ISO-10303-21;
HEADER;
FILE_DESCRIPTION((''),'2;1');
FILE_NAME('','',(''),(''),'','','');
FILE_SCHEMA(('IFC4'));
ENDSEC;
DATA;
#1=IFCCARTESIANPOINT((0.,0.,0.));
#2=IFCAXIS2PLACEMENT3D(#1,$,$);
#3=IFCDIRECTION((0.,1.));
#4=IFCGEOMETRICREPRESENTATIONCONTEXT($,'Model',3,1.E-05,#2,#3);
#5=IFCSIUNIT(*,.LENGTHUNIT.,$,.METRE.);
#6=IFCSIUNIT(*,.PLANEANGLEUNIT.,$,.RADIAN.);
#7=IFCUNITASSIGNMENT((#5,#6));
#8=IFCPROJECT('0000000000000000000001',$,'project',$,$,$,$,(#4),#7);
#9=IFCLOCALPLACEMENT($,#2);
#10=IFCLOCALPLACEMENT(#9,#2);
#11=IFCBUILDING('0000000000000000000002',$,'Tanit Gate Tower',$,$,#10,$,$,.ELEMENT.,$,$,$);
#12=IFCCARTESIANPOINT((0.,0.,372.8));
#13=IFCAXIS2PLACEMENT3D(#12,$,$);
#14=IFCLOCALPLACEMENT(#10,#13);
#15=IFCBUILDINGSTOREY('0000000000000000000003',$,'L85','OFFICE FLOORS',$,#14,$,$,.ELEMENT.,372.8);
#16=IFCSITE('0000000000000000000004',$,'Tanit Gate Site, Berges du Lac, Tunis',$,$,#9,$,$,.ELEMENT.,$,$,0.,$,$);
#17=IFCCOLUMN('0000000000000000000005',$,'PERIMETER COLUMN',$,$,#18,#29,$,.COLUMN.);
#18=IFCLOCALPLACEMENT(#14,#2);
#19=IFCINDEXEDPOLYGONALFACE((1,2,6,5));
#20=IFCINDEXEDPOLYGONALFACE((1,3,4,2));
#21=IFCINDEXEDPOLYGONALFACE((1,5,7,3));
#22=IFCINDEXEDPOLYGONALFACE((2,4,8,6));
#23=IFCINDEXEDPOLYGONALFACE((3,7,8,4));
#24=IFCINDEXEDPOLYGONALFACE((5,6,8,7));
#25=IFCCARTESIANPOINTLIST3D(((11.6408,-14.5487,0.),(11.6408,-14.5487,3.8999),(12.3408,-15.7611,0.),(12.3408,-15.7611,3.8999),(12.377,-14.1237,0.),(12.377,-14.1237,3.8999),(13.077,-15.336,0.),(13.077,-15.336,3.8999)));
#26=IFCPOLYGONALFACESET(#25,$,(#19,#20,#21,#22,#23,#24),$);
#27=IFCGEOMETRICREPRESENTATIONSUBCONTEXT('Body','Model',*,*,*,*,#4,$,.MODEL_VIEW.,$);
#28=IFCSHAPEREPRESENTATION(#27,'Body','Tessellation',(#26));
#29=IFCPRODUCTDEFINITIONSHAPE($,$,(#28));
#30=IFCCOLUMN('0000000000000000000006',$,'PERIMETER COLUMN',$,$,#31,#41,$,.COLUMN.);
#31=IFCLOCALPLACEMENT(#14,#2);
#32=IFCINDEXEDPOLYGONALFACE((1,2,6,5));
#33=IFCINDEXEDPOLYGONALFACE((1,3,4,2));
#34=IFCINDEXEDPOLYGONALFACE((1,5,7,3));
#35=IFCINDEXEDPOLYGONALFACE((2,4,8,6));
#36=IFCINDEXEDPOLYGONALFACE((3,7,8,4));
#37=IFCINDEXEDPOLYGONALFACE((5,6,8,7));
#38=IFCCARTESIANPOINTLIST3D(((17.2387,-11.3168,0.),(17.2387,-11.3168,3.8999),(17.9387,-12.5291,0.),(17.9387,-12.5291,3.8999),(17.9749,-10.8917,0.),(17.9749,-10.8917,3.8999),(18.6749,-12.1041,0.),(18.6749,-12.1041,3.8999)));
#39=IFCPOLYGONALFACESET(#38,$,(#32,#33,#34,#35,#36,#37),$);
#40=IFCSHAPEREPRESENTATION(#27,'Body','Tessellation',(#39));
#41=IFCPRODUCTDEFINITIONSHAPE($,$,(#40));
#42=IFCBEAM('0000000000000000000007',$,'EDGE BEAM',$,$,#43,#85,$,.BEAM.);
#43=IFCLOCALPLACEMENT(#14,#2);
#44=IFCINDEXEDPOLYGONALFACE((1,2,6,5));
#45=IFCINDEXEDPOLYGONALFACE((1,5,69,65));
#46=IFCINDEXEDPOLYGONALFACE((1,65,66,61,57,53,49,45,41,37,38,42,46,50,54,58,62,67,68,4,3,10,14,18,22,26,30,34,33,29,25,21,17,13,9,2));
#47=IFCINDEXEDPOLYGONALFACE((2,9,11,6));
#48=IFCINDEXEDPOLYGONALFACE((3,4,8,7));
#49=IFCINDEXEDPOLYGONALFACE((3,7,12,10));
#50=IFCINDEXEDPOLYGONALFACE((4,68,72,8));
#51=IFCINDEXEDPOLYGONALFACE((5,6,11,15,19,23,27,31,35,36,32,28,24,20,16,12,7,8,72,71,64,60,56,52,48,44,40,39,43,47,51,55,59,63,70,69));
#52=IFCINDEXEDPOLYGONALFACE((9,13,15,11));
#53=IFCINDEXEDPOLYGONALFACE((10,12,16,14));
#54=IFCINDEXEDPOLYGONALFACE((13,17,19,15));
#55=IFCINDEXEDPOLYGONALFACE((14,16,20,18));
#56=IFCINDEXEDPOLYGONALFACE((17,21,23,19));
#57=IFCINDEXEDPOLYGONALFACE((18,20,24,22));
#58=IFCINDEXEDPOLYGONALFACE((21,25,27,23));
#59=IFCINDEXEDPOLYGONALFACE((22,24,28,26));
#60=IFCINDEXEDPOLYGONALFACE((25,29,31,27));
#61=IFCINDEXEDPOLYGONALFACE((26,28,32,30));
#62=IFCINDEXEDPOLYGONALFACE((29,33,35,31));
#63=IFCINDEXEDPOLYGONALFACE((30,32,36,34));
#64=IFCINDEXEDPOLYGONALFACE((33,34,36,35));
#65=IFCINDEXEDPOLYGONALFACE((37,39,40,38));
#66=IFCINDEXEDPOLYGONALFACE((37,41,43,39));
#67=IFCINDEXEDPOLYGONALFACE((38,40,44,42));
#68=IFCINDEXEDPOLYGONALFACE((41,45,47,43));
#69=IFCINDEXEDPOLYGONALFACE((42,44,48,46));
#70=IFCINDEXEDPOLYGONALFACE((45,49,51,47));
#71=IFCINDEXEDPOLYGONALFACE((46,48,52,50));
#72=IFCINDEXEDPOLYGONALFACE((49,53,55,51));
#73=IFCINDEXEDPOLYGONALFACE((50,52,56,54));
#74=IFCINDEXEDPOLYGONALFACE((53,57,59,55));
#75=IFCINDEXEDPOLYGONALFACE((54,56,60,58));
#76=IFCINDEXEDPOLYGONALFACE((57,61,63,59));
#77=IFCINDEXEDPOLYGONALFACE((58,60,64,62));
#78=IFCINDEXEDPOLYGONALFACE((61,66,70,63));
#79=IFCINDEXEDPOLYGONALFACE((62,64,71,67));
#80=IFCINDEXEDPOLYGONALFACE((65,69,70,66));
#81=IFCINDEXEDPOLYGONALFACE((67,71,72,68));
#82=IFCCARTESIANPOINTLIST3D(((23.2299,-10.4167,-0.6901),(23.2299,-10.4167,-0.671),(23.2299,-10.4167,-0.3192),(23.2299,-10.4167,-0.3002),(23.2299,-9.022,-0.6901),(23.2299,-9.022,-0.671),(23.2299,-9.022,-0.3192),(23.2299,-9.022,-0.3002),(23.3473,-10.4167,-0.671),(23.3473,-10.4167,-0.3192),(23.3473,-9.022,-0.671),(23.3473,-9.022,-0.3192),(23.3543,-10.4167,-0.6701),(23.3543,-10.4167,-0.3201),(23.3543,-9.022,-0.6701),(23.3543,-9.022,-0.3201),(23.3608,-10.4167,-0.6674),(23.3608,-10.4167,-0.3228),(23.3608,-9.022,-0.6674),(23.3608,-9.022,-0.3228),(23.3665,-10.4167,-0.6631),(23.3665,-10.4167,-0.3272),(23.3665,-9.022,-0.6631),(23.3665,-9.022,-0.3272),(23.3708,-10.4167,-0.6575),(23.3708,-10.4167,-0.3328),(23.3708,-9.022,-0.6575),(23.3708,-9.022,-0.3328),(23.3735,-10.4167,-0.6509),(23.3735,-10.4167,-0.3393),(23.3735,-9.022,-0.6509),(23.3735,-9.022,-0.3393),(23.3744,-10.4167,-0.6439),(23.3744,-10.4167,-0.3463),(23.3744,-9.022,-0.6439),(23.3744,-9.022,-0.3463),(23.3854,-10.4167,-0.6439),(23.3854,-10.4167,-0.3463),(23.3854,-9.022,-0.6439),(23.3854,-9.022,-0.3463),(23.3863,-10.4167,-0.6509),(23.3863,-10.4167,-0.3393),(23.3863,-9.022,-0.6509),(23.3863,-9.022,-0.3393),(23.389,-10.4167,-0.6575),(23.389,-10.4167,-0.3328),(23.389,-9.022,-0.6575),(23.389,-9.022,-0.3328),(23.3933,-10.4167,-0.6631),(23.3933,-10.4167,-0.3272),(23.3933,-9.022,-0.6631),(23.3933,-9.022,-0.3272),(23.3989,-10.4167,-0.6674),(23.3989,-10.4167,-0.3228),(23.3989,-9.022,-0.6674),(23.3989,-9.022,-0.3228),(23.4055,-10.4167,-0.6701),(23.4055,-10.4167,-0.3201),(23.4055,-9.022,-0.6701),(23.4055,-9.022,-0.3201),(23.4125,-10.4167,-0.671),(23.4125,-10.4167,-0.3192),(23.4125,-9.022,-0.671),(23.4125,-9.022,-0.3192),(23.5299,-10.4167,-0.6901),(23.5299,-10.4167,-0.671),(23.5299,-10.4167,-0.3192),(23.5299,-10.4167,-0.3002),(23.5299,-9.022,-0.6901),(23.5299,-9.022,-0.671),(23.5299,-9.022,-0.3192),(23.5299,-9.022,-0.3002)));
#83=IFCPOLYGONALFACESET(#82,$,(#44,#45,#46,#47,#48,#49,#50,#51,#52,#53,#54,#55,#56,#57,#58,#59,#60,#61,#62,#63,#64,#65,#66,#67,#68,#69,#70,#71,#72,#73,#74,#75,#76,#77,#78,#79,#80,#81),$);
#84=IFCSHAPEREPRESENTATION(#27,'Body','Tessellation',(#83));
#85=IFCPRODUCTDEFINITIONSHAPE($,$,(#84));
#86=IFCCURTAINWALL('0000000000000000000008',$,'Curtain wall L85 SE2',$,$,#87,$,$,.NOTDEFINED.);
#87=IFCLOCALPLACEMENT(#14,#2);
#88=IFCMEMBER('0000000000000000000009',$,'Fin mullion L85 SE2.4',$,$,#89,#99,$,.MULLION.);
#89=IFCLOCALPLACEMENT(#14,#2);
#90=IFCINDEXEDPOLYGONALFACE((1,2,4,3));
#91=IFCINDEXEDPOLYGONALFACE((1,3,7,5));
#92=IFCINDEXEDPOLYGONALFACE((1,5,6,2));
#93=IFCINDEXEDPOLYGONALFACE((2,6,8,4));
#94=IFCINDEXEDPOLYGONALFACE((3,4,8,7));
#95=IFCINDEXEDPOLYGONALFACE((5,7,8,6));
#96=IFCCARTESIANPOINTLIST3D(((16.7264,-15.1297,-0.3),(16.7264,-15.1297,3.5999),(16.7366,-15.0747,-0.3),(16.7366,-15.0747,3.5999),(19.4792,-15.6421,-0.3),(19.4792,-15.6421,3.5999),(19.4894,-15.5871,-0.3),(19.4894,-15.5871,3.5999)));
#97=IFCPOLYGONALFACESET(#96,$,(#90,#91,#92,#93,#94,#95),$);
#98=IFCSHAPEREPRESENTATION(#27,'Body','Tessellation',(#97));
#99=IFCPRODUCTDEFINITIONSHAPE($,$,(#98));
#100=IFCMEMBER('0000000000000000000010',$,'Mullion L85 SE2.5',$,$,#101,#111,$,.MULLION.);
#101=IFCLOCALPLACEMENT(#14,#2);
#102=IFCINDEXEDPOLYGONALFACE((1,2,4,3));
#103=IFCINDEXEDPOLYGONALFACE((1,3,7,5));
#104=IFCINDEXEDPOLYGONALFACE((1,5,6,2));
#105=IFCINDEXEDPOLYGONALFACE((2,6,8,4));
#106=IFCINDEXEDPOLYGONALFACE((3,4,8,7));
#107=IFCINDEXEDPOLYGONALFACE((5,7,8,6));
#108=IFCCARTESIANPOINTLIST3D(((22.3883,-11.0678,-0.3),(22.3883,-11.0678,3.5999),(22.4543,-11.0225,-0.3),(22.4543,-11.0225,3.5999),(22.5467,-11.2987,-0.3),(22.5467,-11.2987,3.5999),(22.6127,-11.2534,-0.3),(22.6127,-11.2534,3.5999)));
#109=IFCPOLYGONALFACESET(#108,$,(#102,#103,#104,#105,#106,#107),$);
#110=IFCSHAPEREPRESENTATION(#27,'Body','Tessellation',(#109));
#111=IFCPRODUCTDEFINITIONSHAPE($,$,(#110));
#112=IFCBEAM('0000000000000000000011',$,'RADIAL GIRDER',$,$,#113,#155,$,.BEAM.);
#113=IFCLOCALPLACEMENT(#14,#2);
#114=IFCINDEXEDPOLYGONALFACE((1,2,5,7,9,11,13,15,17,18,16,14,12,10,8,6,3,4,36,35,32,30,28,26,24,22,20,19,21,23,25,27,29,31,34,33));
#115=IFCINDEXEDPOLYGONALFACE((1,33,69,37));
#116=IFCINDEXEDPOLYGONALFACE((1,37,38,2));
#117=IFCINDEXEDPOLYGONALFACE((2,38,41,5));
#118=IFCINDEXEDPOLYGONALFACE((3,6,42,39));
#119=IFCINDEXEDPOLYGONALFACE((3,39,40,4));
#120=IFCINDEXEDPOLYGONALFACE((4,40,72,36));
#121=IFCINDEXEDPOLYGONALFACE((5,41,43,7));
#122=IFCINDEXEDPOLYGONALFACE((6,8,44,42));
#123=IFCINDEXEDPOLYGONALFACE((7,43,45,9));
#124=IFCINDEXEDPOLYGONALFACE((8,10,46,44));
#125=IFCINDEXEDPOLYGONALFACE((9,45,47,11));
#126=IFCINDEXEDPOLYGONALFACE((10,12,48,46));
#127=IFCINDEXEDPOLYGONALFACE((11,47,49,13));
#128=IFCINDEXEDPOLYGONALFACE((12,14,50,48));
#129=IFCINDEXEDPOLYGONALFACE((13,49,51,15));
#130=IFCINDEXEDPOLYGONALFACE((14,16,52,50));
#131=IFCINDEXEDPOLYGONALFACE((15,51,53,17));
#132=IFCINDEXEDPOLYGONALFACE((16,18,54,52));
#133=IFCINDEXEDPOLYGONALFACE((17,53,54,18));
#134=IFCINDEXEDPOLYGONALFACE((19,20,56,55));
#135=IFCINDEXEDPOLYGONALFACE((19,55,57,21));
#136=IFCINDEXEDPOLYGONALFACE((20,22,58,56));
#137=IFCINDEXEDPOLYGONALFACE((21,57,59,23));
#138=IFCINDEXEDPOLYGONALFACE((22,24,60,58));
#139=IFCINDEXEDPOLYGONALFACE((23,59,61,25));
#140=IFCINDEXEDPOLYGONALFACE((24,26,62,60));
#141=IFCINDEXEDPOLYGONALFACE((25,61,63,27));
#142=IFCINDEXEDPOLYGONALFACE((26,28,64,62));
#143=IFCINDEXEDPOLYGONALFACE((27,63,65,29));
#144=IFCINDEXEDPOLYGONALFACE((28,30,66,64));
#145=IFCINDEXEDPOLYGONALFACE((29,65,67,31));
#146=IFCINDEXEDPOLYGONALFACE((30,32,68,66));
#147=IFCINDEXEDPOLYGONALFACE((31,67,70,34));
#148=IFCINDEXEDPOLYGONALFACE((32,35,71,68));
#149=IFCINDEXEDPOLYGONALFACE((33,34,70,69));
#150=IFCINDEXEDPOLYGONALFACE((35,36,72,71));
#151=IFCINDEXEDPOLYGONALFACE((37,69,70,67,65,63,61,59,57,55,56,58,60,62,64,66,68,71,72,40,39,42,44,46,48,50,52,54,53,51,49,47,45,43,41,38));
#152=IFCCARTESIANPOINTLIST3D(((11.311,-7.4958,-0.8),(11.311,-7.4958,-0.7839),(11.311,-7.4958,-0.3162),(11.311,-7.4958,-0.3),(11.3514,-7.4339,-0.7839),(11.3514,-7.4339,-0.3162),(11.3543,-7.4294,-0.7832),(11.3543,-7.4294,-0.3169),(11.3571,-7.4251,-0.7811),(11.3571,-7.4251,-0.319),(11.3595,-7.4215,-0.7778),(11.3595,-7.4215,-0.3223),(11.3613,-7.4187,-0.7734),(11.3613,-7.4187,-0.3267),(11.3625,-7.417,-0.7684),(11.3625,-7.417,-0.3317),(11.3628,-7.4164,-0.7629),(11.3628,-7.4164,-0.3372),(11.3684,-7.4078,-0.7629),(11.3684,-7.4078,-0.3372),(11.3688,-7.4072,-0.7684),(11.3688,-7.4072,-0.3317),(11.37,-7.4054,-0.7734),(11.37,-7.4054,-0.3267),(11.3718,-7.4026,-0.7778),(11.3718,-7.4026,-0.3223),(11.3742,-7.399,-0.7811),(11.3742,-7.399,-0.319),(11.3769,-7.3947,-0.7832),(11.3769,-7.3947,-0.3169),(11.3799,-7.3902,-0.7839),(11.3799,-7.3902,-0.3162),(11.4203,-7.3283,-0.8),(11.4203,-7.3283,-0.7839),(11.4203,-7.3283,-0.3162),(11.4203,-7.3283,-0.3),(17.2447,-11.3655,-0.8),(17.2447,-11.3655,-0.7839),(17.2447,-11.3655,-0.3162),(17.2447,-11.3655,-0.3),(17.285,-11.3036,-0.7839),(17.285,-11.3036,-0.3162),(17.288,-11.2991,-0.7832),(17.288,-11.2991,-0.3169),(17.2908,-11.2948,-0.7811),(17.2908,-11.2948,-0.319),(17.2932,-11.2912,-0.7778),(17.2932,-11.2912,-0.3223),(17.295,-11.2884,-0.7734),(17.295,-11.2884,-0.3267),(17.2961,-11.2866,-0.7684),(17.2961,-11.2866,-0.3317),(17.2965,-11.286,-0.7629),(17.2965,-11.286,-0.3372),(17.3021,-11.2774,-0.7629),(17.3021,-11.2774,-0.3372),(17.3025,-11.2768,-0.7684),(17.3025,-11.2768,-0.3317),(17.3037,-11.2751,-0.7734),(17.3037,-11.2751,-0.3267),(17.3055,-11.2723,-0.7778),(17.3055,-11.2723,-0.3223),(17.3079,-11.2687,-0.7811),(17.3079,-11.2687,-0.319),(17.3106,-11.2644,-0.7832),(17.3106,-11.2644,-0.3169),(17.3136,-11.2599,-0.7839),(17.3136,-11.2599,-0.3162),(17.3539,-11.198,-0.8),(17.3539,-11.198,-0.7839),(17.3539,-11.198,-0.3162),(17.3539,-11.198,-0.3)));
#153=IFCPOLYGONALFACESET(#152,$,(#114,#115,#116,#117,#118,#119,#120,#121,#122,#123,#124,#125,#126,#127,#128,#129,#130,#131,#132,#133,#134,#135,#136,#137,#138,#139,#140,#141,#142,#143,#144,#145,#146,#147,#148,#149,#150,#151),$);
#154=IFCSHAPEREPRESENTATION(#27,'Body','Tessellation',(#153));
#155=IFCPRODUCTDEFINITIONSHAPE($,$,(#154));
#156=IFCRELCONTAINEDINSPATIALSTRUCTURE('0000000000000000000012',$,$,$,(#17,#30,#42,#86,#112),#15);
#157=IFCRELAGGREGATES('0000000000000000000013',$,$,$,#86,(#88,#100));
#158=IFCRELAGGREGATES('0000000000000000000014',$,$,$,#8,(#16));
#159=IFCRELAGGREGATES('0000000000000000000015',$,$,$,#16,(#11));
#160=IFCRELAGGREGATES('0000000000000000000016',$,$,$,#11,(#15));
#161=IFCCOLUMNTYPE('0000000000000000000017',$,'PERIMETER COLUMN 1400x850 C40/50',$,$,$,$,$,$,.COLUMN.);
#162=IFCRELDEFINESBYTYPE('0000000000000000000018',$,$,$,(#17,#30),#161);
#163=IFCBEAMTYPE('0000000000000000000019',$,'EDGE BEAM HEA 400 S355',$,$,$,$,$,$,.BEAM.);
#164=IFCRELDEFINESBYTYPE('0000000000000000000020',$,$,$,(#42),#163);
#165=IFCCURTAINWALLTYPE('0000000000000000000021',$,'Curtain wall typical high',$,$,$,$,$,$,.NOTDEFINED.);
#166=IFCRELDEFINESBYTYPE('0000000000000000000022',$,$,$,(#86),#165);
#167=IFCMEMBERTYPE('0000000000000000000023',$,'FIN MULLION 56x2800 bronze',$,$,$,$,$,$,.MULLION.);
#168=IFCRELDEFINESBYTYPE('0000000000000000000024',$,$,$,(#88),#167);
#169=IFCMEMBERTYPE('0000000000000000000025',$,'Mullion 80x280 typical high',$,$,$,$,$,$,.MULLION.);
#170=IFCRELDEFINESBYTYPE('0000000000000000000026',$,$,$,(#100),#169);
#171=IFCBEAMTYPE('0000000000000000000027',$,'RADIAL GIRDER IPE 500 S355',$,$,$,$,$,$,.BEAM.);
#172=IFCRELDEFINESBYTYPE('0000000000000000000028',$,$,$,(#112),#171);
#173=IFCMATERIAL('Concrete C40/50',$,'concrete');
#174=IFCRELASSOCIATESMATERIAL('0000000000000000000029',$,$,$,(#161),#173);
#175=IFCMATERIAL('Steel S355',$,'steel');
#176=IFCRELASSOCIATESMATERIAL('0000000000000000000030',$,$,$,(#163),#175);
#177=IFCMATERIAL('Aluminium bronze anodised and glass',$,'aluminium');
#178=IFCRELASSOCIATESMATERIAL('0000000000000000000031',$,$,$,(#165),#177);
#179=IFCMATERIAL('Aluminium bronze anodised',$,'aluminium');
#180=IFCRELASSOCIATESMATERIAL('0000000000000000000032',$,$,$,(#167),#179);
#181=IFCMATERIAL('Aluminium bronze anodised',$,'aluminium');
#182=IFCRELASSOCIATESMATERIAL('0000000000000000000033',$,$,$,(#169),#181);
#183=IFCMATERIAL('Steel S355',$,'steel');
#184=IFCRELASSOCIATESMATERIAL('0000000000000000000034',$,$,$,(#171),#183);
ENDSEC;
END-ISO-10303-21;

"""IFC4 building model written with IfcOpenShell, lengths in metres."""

from ifc_helpers import new_model, si_unit, direction, frame, origin, origin_2d, place, context, subcontext, project, spatial, rectangle, i_section, extrude, material, material_profile, profile_set, type_object, element, aggregate, save


model = new_model("IFC4")

# Units and contexts
model_context = context("Model", 3, precision=1e-05, world=origin(), true_north=direction((0.0, 1.0)))
body_context = subcontext(model_context, "Body", "Model", "MODEL_VIEW")
ifc_project = project(units=[si_unit("LENGTHUNIT", "METRE"), si_unit("PLANEANGLEUNIT", "RADIAN")], contexts=[model_context])

# Site, building, storey
site_placement = place(None, origin())
site = spatial("IfcSite", under=ifc_project, at=site_placement, Name="Tanit Gate Site, Berges du Lac, Tunis", CompositionType="ELEMENT", RefElevation=0.0)
building_placement = place(site_placement, origin())
building = spatial("IfcBuilding", under=site, at=building_placement, Name="Tanit Gate Tower", CompositionType="ELEMENT")
storey_placement = place(building_placement, frame((0.0, 0.0, 372.8)))
storey = spatial("IfcBuildingStorey", under=building, at=storey_placement, Name="L85", Description="OFFICE FLOORS", CompositionType="ELEMENT", Elevation=372.8)

# Columns
ifc_material_1 = material(Name="Concrete C40/50", Category="concrete")
ifc_material_profile_1 = material_profile(ifc_material_1, rectangle(XDim=1.3999, YDim=0.8501, at=origin_2d()), Name="RC 1400x850")
ifc_profile_set_1 = profile_set([ifc_material_profile_1], Name="Concrete C40/50")
column_type = type_object("IfcColumnType", Name="PERIMETER COLUMN 1400x850 C40/50", PredefinedType="COLUMN", material=ifc_profile_set_1)
for number, where, z_axis, x_axis, name in (
    (1, (12.3589, -14.9424, 0.0), (0.0, 0.0, 1.0), (0.5, -0.866025, 0.0), "PERIMETER COLUMN"),
    (2, (17.9568, -11.7104, 0.0), (0.0, 0.0, 1.0), (0.5, -0.866025, 0.0), "PERIMETER COLUMN"),
):
    element("IfcColumn", number, at=place(storey_placement, frame(where, z_axis=z_axis, x_axis=x_axis)), inside=storey, type_object=column_type, Name=name, PredefinedType="COLUMN", context=body_context, shape_type="SweptSolid", body=[
        extrude(rectangle(XDim=1.3999, YDim=0.8501, at=origin_2d()), origin(), (0.0, 0.0, 1.0), 3.8999),
    ])

# Beam
ifc_material_2 = material(Name="Steel S355", Category="steel")
ifc_material_profile_2 = material_profile(ifc_material_2, i_section(OverallWidth=0.3, OverallDepth=0.3899, WebThickness=0.011, FlangeThickness=0.019, FilletRadius=0.0271, at=origin_2d()), Name="HEA 400")
ifc_profile_set_2 = profile_set([ifc_material_profile_2], Name="Steel S355")
beam_type_1 = type_object("IfcBeamType", Name="EDGE BEAM HEA 400 S355", PredefinedType="BEAM", material=ifc_profile_set_2)
beam_1_placement = place(storey_placement, frame((23.3799, -9.022, -0.4951), z_axis=(0.0, -1.0, 0.0), x_axis=(1.0, 0.0, 0.0)))
element("IfcBeam", 3, at=beam_1_placement, inside=storey, type_object=beam_type_1, Name="EDGE BEAM", PredefinedType="BEAM", context=body_context, shape_type="SweptSolid", body=[
    extrude(i_section(OverallWidth=0.3, OverallDepth=0.3899, WebThickness=0.011, FlangeThickness=0.019, FilletRadius=0.0271, at=origin_2d()), origin(), (0.0, 0.0, 1.0), 1.3948),
])

# Curtain wall, members
ifc_material_3 = material(Name="Aluminium bronze anodised and glass", Category="aluminium")
curtain_wall_type = type_object("IfcCurtainWallType", Name="Curtain wall typical high", PredefinedType="NOTDEFINED", material=ifc_material_3)
curtain_wall_1_placement = place(storey_placement, origin())
curtain_wall_1 = element("IfcCurtainWall", 4, at=curtain_wall_1_placement, inside=storey, type_object=curtain_wall_type, Name="Curtain wall L85 SE2", PredefinedType="NOTDEFINED")
ifc_material_4 = material(Name="Aluminium bronze anodised", Category="aluminium")
ifc_material_profile_3 = material_profile(ifc_material_4, rectangle(XDim=2.8, YDim=0.0559, at=origin_2d()), Name="56x2800 bronze fin mullion")
ifc_profile_set_3 = profile_set([ifc_material_profile_3], Name="Aluminium bronze anodised")
member_type_1 = type_object("IfcMemberType", Name="FIN MULLION 56x2800 bronze", PredefinedType="MULLION", material=ifc_profile_set_3)
member_1_placement = place(storey_placement, frame((18.1079, -15.3584, -0.3), z_axis=(0.0, 0.0, 1.0), x_axis=(-0.983116, 0.182983, 0.0)))
member_1 = element("IfcMember", 5, at=member_1_placement, type_object=member_type_1, Name="Fin mullion L85 SE2.4", PredefinedType="MULLION", context=body_context, shape_type="SweptSolid", body=[
    extrude(rectangle(XDim=2.8, YDim=0.0559, at=origin_2d()), origin(), (0.0, 0.0, 1.0), 3.8999),
])
ifc_material_5 = material(Name="Aluminium bronze anodised", Category="aluminium")
ifc_material_profile_4 = material_profile(ifc_material_5, rectangle(XDim=0.28, YDim=0.0801, at=origin_2d()), Name="80x280 bronze mullion")
ifc_profile_set_4 = profile_set([ifc_material_profile_4], Name="Aluminium bronze anodised")
member_type_2 = type_object("IfcMemberType", Name="Mullion 80x280 typical high", PredefinedType="MULLION", material=ifc_profile_set_4)
member_2_placement = place(storey_placement, frame((22.5005, -11.1606, -0.3), z_axis=(0.0, 0.0, 1.0), x_axis=(-0.56578, 0.824557, 0.0)))
member_2 = element("IfcMember", 6, at=member_2_placement, type_object=member_type_2, Name="Mullion L85 SE2.5", PredefinedType="MULLION", context=body_context, shape_type="SweptSolid", body=[
    extrude(rectangle(XDim=0.28, YDim=0.0801, at=origin_2d()), origin(), (0.0, 0.0, 1.0), 3.8999),
])

# Beam
ifc_material_6 = material(Name="Steel S355", Category="steel")
ifc_material_profile_5 = material_profile(ifc_material_6, i_section(OverallWidth=0.2, OverallDepth=0.5, WebThickness=0.0103, FlangeThickness=0.0161, FilletRadius=0.021, at=origin_2d()), Name="IPE 500")
ifc_profile_set_5 = profile_set([ifc_material_profile_5], Name="Steel S355")
beam_type_2 = type_object("IfcBeamType", Name="RADIAL GIRDER IPE 500 S355", PredefinedType="BEAM", material=ifc_profile_set_5)
beam_2_placement = place(storey_placement, frame((17.2993, -11.2817, -0.55), z_axis=(-0.837617, 0.546257, 0.0), x_axis=(-0.546257, -0.837617, 0.0)))
element("IfcBeam", 7, at=beam_2_placement, inside=storey, type_object=beam_type_2, Name="RADIAL GIRDER", PredefinedType="BEAM", context=body_context, shape_type="SweptSolid", body=[
    extrude(i_section(OverallWidth=0.2, OverallDepth=0.5, WebThickness=0.0103, FlangeThickness=0.0161, FilletRadius=0.021, at=origin_2d()), origin(), (0.0, 0.0, 1.0), 7.084),
])

aggregate(curtain_wall_1, [member_1, member_2])

save(model, "model.ifc")
